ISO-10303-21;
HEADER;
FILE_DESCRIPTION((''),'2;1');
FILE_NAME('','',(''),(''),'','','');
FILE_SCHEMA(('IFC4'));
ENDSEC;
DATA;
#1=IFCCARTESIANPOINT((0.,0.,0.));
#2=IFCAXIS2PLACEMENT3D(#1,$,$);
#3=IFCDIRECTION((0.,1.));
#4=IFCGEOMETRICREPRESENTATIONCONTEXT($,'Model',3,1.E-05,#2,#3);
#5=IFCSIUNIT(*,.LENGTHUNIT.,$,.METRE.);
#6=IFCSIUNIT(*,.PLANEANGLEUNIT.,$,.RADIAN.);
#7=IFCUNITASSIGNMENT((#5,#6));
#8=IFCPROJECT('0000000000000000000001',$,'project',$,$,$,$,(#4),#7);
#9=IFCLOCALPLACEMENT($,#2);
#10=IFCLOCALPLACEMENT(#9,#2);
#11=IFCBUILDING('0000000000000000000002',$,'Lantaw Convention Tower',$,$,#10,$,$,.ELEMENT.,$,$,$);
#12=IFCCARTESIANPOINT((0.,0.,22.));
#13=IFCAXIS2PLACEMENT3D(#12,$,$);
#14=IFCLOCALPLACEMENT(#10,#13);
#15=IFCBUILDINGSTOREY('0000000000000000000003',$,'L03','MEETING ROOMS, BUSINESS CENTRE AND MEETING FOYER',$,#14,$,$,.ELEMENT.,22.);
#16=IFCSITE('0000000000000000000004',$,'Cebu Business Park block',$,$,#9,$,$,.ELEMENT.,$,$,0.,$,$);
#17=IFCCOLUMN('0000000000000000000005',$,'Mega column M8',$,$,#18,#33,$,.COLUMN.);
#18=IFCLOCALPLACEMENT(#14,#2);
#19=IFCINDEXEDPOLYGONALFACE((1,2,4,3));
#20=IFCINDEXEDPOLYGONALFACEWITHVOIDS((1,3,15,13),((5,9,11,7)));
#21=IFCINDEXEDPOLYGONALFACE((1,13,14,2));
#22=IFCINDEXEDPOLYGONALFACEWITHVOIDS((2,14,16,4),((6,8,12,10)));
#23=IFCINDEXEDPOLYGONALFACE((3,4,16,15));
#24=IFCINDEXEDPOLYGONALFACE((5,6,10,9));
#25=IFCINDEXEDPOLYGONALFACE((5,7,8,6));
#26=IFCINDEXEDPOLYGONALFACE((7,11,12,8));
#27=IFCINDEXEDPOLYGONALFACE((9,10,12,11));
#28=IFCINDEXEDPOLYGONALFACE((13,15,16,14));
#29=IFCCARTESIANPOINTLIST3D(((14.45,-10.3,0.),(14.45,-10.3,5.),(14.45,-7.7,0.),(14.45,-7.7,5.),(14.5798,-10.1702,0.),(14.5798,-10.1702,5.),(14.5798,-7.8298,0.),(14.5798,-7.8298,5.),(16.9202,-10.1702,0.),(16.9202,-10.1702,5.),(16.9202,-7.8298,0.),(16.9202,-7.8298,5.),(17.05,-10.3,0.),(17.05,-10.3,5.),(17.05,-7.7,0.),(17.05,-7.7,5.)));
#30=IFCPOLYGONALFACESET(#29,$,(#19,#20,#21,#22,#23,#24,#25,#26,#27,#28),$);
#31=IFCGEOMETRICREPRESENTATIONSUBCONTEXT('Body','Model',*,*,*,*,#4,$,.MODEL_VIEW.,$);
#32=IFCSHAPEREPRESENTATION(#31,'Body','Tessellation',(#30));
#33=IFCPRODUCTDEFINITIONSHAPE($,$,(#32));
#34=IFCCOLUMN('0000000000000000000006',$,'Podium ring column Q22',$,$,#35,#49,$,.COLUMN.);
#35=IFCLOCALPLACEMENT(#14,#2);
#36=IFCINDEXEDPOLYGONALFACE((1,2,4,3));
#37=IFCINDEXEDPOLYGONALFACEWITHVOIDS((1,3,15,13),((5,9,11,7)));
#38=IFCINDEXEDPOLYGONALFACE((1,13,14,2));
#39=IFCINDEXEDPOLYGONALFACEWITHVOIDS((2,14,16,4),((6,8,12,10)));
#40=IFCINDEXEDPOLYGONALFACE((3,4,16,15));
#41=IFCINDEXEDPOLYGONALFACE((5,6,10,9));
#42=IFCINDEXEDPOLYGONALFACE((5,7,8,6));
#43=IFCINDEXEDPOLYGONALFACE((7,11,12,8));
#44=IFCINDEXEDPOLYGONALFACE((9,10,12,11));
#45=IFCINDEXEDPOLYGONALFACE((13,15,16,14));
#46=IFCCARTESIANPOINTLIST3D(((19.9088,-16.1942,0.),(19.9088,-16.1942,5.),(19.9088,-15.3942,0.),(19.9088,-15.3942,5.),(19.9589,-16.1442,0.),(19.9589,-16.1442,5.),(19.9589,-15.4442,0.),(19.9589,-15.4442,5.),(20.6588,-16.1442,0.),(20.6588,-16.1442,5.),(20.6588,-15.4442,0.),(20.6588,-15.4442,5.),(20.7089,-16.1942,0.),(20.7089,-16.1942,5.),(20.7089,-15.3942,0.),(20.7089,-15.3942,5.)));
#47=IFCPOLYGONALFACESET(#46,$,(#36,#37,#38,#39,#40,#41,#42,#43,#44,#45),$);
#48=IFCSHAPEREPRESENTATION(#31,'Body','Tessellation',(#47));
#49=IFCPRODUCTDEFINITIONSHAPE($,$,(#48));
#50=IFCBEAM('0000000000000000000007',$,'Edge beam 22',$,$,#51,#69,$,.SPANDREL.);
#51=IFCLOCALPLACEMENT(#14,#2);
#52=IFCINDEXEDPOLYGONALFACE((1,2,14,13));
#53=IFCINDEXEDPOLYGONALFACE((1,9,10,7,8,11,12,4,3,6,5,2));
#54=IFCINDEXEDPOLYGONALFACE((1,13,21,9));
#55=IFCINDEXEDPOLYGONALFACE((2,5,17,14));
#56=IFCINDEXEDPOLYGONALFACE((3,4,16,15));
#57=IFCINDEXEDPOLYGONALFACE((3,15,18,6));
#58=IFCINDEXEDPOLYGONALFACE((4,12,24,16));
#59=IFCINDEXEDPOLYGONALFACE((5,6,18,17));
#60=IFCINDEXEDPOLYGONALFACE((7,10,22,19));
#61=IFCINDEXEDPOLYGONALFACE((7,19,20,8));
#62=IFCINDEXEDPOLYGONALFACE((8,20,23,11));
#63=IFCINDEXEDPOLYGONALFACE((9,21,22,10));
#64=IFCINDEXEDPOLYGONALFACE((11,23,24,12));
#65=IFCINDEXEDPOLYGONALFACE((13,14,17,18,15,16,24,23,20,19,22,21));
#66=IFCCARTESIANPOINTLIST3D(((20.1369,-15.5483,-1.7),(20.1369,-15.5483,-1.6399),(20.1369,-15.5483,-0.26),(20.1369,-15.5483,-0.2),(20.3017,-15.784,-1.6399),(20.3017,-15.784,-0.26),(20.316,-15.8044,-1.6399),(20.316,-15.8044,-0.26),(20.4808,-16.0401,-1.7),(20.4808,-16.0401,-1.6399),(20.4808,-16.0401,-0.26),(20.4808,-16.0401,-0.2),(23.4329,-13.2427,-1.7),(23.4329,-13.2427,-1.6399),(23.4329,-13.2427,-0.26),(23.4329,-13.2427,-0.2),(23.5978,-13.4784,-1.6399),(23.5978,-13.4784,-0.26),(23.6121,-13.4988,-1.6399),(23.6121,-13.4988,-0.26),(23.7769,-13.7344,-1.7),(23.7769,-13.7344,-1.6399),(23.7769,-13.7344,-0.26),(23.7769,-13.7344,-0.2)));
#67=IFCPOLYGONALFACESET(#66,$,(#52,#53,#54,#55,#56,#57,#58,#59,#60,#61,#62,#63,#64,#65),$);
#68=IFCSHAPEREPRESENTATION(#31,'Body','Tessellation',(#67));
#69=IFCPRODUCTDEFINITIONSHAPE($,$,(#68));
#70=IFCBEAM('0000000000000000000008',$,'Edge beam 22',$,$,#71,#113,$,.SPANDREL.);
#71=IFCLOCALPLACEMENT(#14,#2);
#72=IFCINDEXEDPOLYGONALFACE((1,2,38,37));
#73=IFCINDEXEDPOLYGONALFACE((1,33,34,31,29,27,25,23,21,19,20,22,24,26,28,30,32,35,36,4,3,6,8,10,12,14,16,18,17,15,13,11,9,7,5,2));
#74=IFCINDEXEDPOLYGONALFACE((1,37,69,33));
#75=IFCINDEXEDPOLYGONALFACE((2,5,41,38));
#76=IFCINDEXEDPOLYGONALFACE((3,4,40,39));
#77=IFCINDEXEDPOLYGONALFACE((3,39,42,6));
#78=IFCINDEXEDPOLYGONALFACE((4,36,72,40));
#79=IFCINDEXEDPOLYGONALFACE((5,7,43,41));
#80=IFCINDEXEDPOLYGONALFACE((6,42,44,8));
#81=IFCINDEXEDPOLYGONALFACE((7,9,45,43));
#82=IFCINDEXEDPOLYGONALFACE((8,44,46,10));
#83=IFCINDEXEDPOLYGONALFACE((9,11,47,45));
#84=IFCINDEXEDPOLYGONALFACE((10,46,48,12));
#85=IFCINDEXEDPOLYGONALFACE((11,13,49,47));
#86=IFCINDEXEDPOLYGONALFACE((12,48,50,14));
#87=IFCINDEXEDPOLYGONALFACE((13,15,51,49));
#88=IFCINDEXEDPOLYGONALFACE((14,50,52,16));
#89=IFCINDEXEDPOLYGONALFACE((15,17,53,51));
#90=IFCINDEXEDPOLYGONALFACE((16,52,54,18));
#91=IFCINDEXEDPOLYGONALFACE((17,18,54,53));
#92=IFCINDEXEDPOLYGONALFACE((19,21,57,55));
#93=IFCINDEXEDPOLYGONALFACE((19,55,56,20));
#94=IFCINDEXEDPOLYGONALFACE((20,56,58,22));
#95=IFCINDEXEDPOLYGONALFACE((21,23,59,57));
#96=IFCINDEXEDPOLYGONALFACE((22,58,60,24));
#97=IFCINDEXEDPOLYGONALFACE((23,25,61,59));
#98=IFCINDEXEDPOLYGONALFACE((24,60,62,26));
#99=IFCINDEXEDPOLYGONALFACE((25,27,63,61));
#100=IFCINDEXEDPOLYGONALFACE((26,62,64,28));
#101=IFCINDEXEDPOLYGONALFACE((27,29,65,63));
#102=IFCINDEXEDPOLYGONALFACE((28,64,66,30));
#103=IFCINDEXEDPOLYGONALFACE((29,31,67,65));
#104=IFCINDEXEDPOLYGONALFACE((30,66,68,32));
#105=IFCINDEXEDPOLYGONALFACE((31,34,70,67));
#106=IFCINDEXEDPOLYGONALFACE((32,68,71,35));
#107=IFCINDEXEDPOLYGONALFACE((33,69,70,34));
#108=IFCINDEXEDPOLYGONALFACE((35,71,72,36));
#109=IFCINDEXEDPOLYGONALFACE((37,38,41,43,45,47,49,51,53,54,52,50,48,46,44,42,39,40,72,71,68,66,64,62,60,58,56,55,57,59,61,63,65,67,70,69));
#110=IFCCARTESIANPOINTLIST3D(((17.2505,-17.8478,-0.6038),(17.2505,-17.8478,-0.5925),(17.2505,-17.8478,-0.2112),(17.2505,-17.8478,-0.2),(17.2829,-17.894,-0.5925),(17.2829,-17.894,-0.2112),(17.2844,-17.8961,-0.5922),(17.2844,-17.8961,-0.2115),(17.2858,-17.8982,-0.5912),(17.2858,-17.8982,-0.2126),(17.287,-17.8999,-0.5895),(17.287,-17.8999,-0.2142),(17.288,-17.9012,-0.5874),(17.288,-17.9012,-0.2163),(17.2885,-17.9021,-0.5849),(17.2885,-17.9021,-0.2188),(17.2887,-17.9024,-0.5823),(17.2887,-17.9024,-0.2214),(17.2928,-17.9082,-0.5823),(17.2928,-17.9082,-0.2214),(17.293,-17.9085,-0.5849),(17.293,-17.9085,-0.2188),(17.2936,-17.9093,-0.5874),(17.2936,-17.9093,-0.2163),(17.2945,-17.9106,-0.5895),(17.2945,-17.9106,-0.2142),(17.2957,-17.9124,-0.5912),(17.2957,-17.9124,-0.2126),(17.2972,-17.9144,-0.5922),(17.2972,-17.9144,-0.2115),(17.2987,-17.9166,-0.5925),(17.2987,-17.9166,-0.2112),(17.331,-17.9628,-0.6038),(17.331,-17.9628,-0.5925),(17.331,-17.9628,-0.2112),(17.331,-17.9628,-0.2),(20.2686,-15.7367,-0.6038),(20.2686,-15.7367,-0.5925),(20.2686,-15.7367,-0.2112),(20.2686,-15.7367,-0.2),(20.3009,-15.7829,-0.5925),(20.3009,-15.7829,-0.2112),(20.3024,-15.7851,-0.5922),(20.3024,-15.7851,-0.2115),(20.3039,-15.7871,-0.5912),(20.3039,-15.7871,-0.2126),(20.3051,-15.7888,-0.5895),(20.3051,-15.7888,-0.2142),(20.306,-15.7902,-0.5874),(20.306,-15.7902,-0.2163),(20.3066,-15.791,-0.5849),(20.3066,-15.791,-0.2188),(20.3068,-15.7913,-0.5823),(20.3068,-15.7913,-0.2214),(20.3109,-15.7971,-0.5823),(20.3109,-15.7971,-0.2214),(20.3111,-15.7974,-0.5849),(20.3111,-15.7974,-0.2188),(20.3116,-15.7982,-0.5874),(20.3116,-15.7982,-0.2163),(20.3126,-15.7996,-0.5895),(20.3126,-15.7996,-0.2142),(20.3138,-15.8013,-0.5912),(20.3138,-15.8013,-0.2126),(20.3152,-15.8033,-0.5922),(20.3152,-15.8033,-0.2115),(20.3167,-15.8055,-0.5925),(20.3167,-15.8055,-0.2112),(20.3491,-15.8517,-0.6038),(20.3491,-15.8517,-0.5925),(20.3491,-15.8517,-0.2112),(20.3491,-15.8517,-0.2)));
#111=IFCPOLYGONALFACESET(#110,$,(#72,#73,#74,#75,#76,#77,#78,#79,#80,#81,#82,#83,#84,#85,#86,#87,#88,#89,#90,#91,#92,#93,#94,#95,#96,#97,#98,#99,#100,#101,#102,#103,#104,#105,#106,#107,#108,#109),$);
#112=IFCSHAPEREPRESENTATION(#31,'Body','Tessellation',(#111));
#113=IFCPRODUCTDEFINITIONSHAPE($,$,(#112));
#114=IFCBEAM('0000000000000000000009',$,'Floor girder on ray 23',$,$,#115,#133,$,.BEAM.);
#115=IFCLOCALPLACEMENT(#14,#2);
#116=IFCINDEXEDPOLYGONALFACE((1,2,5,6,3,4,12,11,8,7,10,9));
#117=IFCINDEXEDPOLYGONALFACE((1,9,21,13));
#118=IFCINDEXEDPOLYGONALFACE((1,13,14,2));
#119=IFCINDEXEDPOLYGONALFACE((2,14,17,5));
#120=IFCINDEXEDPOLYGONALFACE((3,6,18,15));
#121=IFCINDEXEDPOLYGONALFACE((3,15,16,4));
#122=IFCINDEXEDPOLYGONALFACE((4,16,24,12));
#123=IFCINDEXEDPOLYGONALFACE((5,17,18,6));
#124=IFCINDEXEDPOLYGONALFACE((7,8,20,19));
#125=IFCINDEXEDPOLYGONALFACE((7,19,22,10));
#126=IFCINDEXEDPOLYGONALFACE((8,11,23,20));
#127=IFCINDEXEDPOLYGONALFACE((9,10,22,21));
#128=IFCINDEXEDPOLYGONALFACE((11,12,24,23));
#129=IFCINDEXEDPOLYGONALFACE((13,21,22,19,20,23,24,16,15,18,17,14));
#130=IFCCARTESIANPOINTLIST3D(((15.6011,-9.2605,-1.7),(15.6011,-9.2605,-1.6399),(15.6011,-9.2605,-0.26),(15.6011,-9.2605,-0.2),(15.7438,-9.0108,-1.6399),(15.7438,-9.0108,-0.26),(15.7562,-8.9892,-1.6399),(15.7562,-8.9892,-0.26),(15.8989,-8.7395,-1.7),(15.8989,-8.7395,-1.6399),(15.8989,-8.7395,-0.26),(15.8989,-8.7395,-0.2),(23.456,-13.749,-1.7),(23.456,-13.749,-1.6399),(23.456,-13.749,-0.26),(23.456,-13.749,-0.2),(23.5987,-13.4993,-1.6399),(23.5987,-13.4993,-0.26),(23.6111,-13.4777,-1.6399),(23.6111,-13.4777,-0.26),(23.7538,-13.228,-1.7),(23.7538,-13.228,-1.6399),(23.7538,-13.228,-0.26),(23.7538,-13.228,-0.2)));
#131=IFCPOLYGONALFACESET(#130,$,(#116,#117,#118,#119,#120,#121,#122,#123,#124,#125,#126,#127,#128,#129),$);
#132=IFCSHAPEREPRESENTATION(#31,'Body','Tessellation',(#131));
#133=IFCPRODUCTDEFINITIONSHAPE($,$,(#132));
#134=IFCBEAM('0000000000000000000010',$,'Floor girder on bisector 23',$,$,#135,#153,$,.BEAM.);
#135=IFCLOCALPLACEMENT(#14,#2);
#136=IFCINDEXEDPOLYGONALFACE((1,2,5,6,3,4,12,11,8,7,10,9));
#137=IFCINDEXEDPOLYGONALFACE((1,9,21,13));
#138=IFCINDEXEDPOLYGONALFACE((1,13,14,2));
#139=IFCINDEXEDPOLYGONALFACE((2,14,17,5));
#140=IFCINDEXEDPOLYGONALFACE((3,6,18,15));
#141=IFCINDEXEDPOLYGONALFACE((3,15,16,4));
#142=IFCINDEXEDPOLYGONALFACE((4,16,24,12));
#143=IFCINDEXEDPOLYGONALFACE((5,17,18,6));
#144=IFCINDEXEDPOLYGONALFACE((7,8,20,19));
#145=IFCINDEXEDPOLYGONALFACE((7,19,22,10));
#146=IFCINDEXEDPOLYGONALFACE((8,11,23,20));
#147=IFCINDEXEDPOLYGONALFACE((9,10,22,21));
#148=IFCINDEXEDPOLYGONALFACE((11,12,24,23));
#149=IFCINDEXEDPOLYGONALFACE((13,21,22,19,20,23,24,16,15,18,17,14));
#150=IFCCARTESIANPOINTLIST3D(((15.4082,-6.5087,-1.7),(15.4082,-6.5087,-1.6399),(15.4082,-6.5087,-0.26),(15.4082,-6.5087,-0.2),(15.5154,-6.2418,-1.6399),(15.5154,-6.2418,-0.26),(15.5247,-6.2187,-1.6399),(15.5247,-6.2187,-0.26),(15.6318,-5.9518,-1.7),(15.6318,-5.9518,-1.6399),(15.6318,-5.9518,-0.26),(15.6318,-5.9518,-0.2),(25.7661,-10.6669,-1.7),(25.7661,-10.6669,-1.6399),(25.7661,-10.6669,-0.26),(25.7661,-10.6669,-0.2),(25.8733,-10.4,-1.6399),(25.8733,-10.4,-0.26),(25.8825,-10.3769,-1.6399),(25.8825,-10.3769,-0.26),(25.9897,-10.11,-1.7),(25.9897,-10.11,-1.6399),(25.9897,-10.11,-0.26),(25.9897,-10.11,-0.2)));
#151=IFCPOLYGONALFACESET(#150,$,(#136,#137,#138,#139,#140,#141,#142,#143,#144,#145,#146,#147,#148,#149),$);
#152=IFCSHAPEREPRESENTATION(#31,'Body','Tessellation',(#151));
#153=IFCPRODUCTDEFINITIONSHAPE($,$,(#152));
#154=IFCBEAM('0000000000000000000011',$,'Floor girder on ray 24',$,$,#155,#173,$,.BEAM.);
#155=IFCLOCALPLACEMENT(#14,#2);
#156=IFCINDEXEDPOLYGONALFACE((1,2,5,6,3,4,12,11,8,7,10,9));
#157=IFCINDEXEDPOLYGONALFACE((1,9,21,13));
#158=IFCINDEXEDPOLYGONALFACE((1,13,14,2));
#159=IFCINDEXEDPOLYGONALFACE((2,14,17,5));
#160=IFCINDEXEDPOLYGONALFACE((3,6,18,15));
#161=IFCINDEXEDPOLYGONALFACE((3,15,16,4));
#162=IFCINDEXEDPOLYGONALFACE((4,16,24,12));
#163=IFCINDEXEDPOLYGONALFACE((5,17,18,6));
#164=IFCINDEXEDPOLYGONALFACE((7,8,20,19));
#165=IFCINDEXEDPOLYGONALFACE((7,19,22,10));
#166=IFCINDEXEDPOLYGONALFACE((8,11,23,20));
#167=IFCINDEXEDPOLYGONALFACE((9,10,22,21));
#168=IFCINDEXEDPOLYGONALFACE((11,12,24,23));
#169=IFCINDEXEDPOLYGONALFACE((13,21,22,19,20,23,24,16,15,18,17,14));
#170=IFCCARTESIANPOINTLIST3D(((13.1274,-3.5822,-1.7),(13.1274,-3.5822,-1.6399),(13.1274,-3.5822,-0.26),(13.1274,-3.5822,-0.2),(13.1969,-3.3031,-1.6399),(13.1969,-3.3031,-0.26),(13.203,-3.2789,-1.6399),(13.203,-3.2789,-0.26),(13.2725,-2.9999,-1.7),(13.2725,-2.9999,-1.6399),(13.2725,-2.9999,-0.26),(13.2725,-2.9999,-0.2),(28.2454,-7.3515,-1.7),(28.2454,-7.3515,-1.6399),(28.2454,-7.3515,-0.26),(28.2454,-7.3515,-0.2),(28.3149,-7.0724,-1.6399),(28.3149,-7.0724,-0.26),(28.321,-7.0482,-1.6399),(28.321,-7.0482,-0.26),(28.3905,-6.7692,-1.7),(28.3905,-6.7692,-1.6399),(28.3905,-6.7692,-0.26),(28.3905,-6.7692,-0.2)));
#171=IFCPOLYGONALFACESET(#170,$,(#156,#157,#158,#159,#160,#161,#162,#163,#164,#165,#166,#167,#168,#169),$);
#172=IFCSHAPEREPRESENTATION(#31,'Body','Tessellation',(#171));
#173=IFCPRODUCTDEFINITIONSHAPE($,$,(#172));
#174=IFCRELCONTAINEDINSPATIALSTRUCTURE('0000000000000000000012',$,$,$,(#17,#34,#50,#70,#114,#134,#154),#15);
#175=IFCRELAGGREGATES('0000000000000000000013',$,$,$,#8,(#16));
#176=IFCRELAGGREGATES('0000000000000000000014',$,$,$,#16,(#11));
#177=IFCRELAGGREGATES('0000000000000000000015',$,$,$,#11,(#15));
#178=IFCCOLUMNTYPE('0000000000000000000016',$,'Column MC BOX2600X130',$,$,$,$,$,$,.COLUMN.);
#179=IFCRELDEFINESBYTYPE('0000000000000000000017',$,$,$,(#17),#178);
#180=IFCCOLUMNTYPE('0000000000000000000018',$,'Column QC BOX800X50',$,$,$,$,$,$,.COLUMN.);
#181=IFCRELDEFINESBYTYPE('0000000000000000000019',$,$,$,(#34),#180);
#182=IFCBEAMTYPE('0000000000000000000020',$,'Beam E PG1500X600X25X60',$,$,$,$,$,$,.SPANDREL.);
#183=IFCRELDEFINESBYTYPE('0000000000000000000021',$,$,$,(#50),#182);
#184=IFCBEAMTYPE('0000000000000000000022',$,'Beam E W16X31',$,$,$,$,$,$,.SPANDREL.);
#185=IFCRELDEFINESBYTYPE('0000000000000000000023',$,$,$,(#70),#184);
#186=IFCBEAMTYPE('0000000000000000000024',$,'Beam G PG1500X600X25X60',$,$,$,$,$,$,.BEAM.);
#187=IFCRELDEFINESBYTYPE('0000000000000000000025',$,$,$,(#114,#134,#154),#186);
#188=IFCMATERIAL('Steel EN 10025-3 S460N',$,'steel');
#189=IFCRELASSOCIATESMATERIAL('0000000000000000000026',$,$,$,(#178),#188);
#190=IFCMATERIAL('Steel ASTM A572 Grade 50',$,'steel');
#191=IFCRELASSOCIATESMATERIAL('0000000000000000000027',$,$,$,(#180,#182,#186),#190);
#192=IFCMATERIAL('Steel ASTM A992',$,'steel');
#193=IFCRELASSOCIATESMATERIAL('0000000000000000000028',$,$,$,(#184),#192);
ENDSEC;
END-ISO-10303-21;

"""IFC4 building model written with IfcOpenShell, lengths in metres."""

from ifc_helpers import new_model, si_unit, direction, frame, origin, origin_2d, place, context, subcontext, project, spatial, rectangle, hollow_rectangle, i_section, extrude, material, material_profile, profile_set, type_object, element, save


model = new_model("IFC4")

# Units and contexts
model_context = context("Model", 3, precision=1e-05, world=origin(), true_north=direction((0.0, 1.0)))
body_context = subcontext(model_context, "Body", "Model", "MODEL_VIEW")
ifc_project = project(units=[si_unit("LENGTHUNIT", "METRE"), si_unit("PLANEANGLEUNIT", "RADIAN")], contexts=[model_context])

# Site, building, storey
site_placement = place(None, origin())
site = spatial("IfcSite", under=ifc_project, at=site_placement, Name="Cebu Business Park block", CompositionType="ELEMENT", RefElevation=0.0)
building_placement = place(site_placement, origin())
building = spatial("IfcBuilding", under=site, at=building_placement, Name="Lantaw Convention Tower", CompositionType="ELEMENT")
storey_placement = place(building_placement, frame((0.0, 0.0, 22.0)))
storey = spatial("IfcBuildingStorey", under=building, at=storey_placement, Name="L03", Description="MEETING ROOMS, BUSINESS CENTRE AND MEETING FOYER", CompositionType="ELEMENT", Elevation=22.0)

# Columns
ifc_material_1 = material(Name="Steel EN 10025-3 S460N", Category="steel")
ifc_material_profile_1 = material_profile(ifc_material_1, hollow_rectangle(XDim=2.6001, YDim=2.6001, WallThickness=0.1299, at=origin_2d()), Name="BOX2600X130")
ifc_material_2 = material(Name="Concrete C60/75", Category="concrete")
ifc_material_profile_2 = material_profile(ifc_material_2, rectangle(XDim=2.3401, YDim=2.3401, at=origin_2d()), Name="Concrete fill of BOX2600X130")
ifc_profile_set_1 = profile_set([ifc_material_profile_1, ifc_material_profile_2], Name="Steel EN 10025-3 S460N")
column_type_1 = type_object("IfcColumnType", Name="Column MC BOX2600X130", PredefinedType="COLUMN", material=ifc_profile_set_1)
column_1_placement = place(storey_placement, frame((15.75, -9.0, 0.0), z_axis=(0.0, 0.0, 1.0), x_axis=(1.0, 0.0, 0.0)))
element("IfcColumn", 1, at=column_1_placement, inside=storey, type_object=column_type_1, Name="Mega column M8", PredefinedType="COLUMN", context=body_context, shape_type="SweptSolid", body=[
    extrude(hollow_rectangle(XDim=2.6001, YDim=2.6001, WallThickness=0.1299, at=origin_2d()), origin(), (0.0, 0.0, 1.0), 5.0),
])
ifc_material_3 = material(Name="Steel ASTM A572 Grade 50", Category="steel")
ifc_material_profile_3 = material_profile(ifc_material_3, hollow_rectangle(XDim=0.8, YDim=0.8, WallThickness=0.05, at=origin_2d()), Name="BOX800X50")
ifc_profile_set_2 = profile_set([ifc_material_profile_3], Name="Steel ASTM A572 Grade 50")
column_type_2 = type_object("IfcColumnType", Name="Column QC BOX800X50", PredefinedType="COLUMN", material=ifc_profile_set_2)
column_2_placement = place(storey_placement, frame((20.3088, -15.7942, 0.0), z_axis=(0.0, 0.0, 1.0), x_axis=(1.0, 0.0, 0.0)))
element("IfcColumn", 2, at=column_2_placement, inside=storey, type_object=column_type_2, Name="Podium ring column Q22", PredefinedType="COLUMN", context=body_context, shape_type="SweptSolid", body=[
    extrude(hollow_rectangle(XDim=0.8, YDim=0.8, WallThickness=0.05, at=origin_2d()), origin(), (0.0, 0.0, 1.0), 5.0),
])

# Beams
ifc_material_profile_4 = material_profile(ifc_material_3, i_section(OverallWidth=0.6001, OverallDepth=1.5, WebThickness=0.0249, FlangeThickness=0.0601, at=origin_2d()), Name="PG1500X600X25X60")
ifc_profile_set_3 = profile_set([ifc_material_profile_4], Name="Steel ASTM A572 Grade 50")
beam_type_1 = type_object("IfcBeamType", Name="Beam E PG1500X600X25X60", PredefinedType="SPANDREL", material=ifc_profile_set_3)
beam_1_placement = place(storey_placement, frame((20.3088, -15.7942, -0.95), z_axis=(0.819423, 0.573189, 0.0), x_axis=(-0.573189, 0.819423, 0.0)))
element("IfcBeam", 3, at=beam_1_placement, inside=storey, type_object=beam_type_1, Name="Edge beam 22", PredefinedType="SPANDREL", context=body_context, shape_type="SweptSolid", body=[
    extrude(i_section(OverallWidth=0.6001, OverallDepth=1.5, WebThickness=0.0249, FlangeThickness=0.0601, at=origin_2d()), origin(), (0.0, 0.0, 1.0), 4.0225),
])
ifc_material_4 = material(Name="Steel ASTM A992", Category="steel")
ifc_material_profile_5 = material_profile(ifc_material_4, i_section(OverallWidth=0.1404, OverallDepth=0.4038, WebThickness=0.0071, FlangeThickness=0.0112, FilletRadius=0.0103, at=origin_2d()), Name="W16X31")
ifc_profile_set_4 = profile_set([ifc_material_profile_5], Name="Steel ASTM A992")
beam_type_2 = type_object("IfcBeamType", Name="Beam E W16X31", PredefinedType="SPANDREL", material=ifc_profile_set_4)
beam_2_placement = place(storey_placement, frame((17.2908, -17.9053, -0.4019), z_axis=(0.819431, 0.573178, 0.0), x_axis=(-0.573178, 0.819431, 0.0)))
element("IfcBeam", 4, at=beam_2_placement, inside=storey, type_object=beam_type_2, Name="Edge beam 22", PredefinedType="SPANDREL", context=body_context, shape_type="SweptSolid", body=[
    extrude(i_section(OverallWidth=0.1404, OverallDepth=0.4038, WebThickness=0.0071, FlangeThickness=0.0112, FilletRadius=0.0103, at=origin_2d()), origin(), (0.0, 0.0, 1.0), 3.6831),
])
ifc_material_profile_6 = material_profile(ifc_material_3, i_section(OverallWidth=0.6001, OverallDepth=1.5, WebThickness=0.0249, FlangeThickness=0.0601, at=origin_2d()), Name="PG1500X600X25X60")
ifc_profile_set_5 = profile_set([ifc_material_profile_6], Name="Steel ASTM A572 Grade 50")
beam_type_3 = type_object("IfcBeamType", Name="Beam G PG1500X600X25X60", PredefinedType="BEAM", material=ifc_profile_set_5)
beam_3_placement = place(storey_placement, frame((15.75, -9.0, -0.95), z_axis=(0.868245, -0.496136, 0.0), x_axis=(0.496136, 0.868245, 0.0)))
element("IfcBeam", 5, at=beam_3_placement, inside=storey, type_object=beam_type_3, Name="Floor girder on ray 23", PredefinedType="BEAM", context=body_context, shape_type="SweptSolid", body=[
    extrude(i_section(OverallWidth=0.6001, OverallDepth=1.5, WebThickness=0.0249, FlangeThickness=0.0601, at=origin_2d()), origin(), (0.0, 0.0, 1.0), 9.0469),
])
beam_4_placement = place(storey_placement, frame((15.52, -6.2302, -0.95), z_axis=(0.928011, -0.372552, 0.0), x_axis=(0.372552, 0.928011, 0.0)))
element("IfcBeam", 6, at=beam_4_placement, inside=storey, type_object=beam_type_3, Name="Floor girder on bisector 23", PredefinedType="BEAM", context=body_context, shape_type="SweptSolid", body=[
    extrude(i_section(OverallWidth=0.6001, OverallDepth=1.5, WebThickness=0.0249, FlangeThickness=0.0601, at=origin_2d()), origin(), (0.0, 0.0, 1.0), 11.1614),
])
beam_5_placement = place(storey_placement, frame((13.2, -3.291, -0.95), z_axis=(0.970296, -0.24192, 0.0), x_axis=(0.24192, 0.970296, 0.0)))
element("IfcBeam", 7, at=beam_5_placement, inside=storey, type_object=beam_type_3, Name="Floor girder on ray 24", PredefinedType="BEAM", context=body_context, shape_type="SweptSolid", body=[
    extrude(i_section(OverallWidth=0.6001, OverallDepth=1.5, WebThickness=0.0249, FlangeThickness=0.0601, at=origin_2d()), origin(), (0.0, 0.0, 1.0), 15.5808),
])

save(model, "model.ifc")
